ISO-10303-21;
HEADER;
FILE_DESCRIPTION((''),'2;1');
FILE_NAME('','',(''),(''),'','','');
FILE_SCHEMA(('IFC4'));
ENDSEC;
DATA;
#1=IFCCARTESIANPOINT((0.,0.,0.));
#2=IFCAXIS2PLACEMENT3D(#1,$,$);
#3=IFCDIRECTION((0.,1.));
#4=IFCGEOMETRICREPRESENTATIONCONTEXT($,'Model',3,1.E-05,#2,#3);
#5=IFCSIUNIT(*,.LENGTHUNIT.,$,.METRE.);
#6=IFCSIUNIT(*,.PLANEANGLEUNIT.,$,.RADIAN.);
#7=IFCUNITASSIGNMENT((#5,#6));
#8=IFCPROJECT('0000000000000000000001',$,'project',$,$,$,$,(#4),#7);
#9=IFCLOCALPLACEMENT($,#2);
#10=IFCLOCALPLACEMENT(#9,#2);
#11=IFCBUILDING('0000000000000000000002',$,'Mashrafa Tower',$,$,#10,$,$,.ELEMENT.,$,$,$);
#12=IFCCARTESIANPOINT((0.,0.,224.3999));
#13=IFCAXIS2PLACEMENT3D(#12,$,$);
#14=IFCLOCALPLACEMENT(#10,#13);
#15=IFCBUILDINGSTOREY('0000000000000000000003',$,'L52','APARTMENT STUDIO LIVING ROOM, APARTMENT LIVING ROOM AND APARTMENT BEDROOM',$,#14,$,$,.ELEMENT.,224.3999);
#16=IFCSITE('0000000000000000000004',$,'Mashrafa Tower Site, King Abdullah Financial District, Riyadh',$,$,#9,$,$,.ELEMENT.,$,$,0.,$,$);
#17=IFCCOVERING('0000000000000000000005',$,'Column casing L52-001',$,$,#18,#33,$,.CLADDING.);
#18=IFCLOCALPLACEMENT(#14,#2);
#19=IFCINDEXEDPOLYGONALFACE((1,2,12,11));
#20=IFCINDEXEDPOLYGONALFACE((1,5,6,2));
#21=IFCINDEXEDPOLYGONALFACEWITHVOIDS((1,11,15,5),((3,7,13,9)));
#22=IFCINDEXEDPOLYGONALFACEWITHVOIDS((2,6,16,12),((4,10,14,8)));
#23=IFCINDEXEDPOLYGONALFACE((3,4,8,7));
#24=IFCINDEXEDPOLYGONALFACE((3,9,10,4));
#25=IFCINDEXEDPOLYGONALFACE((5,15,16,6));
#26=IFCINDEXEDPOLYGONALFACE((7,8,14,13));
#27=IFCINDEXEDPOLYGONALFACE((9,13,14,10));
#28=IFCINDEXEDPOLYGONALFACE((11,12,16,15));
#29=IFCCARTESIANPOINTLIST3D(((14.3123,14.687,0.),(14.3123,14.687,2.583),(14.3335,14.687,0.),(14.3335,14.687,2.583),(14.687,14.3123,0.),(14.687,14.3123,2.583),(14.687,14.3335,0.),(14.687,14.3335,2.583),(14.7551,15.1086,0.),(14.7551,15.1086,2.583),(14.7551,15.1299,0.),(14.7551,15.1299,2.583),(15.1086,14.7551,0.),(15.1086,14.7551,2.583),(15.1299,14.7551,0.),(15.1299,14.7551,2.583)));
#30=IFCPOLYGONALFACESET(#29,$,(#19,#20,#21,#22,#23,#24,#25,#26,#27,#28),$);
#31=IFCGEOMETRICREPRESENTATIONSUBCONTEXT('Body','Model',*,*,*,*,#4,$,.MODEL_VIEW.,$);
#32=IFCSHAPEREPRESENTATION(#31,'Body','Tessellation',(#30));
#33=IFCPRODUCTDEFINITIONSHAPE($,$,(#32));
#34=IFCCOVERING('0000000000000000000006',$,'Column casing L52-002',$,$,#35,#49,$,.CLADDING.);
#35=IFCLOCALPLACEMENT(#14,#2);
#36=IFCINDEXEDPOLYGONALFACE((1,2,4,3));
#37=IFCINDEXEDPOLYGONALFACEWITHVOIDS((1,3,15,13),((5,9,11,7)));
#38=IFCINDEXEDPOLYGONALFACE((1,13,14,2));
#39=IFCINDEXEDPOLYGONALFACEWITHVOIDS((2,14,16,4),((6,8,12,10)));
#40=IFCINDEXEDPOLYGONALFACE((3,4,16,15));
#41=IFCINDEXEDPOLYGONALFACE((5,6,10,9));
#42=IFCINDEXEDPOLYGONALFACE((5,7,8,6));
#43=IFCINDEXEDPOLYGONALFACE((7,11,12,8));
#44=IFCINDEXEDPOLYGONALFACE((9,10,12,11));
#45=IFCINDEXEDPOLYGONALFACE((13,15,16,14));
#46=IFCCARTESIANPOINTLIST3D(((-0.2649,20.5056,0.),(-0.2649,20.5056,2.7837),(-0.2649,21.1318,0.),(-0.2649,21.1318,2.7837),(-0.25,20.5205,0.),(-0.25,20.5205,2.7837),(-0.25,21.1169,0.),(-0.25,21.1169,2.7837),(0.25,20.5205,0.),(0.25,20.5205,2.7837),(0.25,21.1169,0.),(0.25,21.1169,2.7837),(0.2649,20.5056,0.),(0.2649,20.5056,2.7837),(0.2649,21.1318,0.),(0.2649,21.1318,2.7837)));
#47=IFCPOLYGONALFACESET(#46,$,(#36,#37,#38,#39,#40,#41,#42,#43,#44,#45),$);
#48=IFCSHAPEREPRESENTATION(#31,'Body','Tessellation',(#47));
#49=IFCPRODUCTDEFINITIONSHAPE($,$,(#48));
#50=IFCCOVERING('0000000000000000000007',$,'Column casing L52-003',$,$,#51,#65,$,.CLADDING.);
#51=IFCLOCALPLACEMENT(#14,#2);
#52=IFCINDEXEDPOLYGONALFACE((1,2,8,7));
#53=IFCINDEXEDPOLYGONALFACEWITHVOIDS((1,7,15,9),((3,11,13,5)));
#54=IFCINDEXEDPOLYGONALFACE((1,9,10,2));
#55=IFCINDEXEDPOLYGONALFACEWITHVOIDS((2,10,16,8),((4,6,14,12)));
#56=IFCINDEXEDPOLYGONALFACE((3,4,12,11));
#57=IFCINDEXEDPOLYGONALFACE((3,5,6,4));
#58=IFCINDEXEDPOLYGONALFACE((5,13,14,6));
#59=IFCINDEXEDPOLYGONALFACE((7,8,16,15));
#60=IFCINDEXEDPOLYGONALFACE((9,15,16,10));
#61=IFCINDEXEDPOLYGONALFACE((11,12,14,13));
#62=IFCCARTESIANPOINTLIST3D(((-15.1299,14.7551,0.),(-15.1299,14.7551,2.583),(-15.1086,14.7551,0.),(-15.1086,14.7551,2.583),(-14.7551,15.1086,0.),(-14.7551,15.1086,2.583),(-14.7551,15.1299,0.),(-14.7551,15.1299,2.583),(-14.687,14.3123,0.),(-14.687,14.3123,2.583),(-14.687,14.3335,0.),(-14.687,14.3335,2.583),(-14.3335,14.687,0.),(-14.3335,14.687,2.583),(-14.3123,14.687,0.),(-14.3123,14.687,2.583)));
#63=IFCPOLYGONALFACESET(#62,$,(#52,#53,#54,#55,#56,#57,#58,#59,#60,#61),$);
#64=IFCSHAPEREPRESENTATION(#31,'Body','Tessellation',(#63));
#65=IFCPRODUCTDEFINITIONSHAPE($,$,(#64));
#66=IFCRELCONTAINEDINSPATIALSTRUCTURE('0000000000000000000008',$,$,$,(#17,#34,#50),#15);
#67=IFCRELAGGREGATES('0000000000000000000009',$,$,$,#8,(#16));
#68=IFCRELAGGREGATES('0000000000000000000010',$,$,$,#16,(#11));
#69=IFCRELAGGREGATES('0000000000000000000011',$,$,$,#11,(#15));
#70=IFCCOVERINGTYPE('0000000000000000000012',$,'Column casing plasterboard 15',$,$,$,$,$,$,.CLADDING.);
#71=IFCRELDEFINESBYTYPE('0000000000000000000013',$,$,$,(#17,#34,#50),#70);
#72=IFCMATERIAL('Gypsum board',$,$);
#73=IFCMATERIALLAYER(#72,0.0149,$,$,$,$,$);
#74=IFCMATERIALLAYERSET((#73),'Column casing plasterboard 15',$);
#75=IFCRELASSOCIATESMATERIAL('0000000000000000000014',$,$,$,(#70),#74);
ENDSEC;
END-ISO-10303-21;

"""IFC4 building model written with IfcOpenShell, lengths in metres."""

from ifc_helpers import new_model, si_unit, direction, frame, origin, place, context, subcontext, project, spatial, polyline, outline, extrude, material, layer, layer_set, type_object, element, save


model = new_model("IFC4")

# Units and contexts
model_context = context("Model", 3, precision=1e-05, world=origin(), true_north=direction((0.0, 1.0)))
body_context = subcontext(model_context, "Body", "Model", "MODEL_VIEW")
ifc_project = project(units=[si_unit("LENGTHUNIT", "METRE"), si_unit("PLANEANGLEUNIT", "RADIAN")], contexts=[model_context])

# Site, building, storey
site_placement = place(None, origin())
site = spatial("IfcSite", under=ifc_project, at=site_placement, Name="Mashrafa Tower Site, King Abdullah Financial District, Riyadh", CompositionType="ELEMENT", RefElevation=0.0)
building_placement = place(site_placement, origin())
building = spatial("IfcBuilding", under=site, at=building_placement, Name="Mashrafa Tower", CompositionType="ELEMENT")
storey_placement = place(building_placement, frame((0.0, 0.0, 224.3999)))
storey = spatial("IfcBuildingStorey", under=building, at=storey_placement, Name="L52", Description="APARTMENT STUDIO LIVING ROOM, APARTMENT LIVING ROOM AND APARTMENT BEDROOM", CompositionType="ELEMENT", Elevation=224.3999)

# Coverings
ifc_material_1 = material(Name="Gypsum board")
ifc_layer_1 = layer(ifc_material_1, 0.0149)
ifc_layer_set_1 = layer_set([ifc_layer_1], Name="Column casing plasterboard 15")
covering_type = type_object("IfcCoveringType", Name="Column casing plasterboard 15", PredefinedType="CLADDING", material=ifc_layer_set_1)
covering_1_placement = place(storey_placement, origin())
element("IfcCovering", 1, at=covering_1_placement, inside=storey, type_object=covering_type, Name="Column casing L52-001", PredefinedType="CLADDING", context=body_context, shape_type="SweptSolid", body=[
    extrude(outline(polyline([(14.3123, 14.687), (14.7551, 15.1299), (15.1299, 14.7551), (14.687, 14.3123), (14.3123, 14.687)]), holes=[polyline([(15.1086, 14.7551), (14.7551, 15.1086), (14.3335, 14.687), (14.687, 14.3335), (15.1086, 14.7551)])]), origin(), (0.0, 0.0, 1.0), 2.583),
])
covering_2_placement = place(storey_placement, origin())
element("IfcCovering", 2, at=covering_2_placement, inside=storey, type_object=covering_type, Name="Column casing L52-002", PredefinedType="CLADDING", context=body_context, shape_type="SweptSolid", body=[
    extrude(outline(polyline([(-0.2649, 21.1318), (0.2649, 21.1318), (0.2649, 20.5056), (-0.2649, 20.5056), (-0.2649, 21.1318)]), holes=[polyline([(0.25, 20.5205), (0.25, 21.1169), (-0.25, 21.1169), (-0.25, 20.5205), (0.25, 20.5205)])]), origin(), (0.0, 0.0, 1.0), 2.7837),
])
covering_3_placement = place(storey_placement, origin())
element("IfcCovering", 3, at=covering_3_placement, inside=storey, type_object=covering_type, Name="Column casing L52-003", PredefinedType="CLADDING", context=body_context, shape_type="SweptSolid", body=[
    extrude(outline(polyline([(-15.1299, 14.7551), (-14.7551, 15.1299), (-14.3123, 14.687), (-14.687, 14.3123), (-15.1299, 14.7551)]), holes=[polyline([(-14.3335, 14.687), (-14.7551, 15.1086), (-15.1086, 14.7551), (-14.687, 14.3335), (-14.3335, 14.687)])]), origin(), (0.0, 0.0, 1.0), 2.583),
])

save(model, "model.ifc")
